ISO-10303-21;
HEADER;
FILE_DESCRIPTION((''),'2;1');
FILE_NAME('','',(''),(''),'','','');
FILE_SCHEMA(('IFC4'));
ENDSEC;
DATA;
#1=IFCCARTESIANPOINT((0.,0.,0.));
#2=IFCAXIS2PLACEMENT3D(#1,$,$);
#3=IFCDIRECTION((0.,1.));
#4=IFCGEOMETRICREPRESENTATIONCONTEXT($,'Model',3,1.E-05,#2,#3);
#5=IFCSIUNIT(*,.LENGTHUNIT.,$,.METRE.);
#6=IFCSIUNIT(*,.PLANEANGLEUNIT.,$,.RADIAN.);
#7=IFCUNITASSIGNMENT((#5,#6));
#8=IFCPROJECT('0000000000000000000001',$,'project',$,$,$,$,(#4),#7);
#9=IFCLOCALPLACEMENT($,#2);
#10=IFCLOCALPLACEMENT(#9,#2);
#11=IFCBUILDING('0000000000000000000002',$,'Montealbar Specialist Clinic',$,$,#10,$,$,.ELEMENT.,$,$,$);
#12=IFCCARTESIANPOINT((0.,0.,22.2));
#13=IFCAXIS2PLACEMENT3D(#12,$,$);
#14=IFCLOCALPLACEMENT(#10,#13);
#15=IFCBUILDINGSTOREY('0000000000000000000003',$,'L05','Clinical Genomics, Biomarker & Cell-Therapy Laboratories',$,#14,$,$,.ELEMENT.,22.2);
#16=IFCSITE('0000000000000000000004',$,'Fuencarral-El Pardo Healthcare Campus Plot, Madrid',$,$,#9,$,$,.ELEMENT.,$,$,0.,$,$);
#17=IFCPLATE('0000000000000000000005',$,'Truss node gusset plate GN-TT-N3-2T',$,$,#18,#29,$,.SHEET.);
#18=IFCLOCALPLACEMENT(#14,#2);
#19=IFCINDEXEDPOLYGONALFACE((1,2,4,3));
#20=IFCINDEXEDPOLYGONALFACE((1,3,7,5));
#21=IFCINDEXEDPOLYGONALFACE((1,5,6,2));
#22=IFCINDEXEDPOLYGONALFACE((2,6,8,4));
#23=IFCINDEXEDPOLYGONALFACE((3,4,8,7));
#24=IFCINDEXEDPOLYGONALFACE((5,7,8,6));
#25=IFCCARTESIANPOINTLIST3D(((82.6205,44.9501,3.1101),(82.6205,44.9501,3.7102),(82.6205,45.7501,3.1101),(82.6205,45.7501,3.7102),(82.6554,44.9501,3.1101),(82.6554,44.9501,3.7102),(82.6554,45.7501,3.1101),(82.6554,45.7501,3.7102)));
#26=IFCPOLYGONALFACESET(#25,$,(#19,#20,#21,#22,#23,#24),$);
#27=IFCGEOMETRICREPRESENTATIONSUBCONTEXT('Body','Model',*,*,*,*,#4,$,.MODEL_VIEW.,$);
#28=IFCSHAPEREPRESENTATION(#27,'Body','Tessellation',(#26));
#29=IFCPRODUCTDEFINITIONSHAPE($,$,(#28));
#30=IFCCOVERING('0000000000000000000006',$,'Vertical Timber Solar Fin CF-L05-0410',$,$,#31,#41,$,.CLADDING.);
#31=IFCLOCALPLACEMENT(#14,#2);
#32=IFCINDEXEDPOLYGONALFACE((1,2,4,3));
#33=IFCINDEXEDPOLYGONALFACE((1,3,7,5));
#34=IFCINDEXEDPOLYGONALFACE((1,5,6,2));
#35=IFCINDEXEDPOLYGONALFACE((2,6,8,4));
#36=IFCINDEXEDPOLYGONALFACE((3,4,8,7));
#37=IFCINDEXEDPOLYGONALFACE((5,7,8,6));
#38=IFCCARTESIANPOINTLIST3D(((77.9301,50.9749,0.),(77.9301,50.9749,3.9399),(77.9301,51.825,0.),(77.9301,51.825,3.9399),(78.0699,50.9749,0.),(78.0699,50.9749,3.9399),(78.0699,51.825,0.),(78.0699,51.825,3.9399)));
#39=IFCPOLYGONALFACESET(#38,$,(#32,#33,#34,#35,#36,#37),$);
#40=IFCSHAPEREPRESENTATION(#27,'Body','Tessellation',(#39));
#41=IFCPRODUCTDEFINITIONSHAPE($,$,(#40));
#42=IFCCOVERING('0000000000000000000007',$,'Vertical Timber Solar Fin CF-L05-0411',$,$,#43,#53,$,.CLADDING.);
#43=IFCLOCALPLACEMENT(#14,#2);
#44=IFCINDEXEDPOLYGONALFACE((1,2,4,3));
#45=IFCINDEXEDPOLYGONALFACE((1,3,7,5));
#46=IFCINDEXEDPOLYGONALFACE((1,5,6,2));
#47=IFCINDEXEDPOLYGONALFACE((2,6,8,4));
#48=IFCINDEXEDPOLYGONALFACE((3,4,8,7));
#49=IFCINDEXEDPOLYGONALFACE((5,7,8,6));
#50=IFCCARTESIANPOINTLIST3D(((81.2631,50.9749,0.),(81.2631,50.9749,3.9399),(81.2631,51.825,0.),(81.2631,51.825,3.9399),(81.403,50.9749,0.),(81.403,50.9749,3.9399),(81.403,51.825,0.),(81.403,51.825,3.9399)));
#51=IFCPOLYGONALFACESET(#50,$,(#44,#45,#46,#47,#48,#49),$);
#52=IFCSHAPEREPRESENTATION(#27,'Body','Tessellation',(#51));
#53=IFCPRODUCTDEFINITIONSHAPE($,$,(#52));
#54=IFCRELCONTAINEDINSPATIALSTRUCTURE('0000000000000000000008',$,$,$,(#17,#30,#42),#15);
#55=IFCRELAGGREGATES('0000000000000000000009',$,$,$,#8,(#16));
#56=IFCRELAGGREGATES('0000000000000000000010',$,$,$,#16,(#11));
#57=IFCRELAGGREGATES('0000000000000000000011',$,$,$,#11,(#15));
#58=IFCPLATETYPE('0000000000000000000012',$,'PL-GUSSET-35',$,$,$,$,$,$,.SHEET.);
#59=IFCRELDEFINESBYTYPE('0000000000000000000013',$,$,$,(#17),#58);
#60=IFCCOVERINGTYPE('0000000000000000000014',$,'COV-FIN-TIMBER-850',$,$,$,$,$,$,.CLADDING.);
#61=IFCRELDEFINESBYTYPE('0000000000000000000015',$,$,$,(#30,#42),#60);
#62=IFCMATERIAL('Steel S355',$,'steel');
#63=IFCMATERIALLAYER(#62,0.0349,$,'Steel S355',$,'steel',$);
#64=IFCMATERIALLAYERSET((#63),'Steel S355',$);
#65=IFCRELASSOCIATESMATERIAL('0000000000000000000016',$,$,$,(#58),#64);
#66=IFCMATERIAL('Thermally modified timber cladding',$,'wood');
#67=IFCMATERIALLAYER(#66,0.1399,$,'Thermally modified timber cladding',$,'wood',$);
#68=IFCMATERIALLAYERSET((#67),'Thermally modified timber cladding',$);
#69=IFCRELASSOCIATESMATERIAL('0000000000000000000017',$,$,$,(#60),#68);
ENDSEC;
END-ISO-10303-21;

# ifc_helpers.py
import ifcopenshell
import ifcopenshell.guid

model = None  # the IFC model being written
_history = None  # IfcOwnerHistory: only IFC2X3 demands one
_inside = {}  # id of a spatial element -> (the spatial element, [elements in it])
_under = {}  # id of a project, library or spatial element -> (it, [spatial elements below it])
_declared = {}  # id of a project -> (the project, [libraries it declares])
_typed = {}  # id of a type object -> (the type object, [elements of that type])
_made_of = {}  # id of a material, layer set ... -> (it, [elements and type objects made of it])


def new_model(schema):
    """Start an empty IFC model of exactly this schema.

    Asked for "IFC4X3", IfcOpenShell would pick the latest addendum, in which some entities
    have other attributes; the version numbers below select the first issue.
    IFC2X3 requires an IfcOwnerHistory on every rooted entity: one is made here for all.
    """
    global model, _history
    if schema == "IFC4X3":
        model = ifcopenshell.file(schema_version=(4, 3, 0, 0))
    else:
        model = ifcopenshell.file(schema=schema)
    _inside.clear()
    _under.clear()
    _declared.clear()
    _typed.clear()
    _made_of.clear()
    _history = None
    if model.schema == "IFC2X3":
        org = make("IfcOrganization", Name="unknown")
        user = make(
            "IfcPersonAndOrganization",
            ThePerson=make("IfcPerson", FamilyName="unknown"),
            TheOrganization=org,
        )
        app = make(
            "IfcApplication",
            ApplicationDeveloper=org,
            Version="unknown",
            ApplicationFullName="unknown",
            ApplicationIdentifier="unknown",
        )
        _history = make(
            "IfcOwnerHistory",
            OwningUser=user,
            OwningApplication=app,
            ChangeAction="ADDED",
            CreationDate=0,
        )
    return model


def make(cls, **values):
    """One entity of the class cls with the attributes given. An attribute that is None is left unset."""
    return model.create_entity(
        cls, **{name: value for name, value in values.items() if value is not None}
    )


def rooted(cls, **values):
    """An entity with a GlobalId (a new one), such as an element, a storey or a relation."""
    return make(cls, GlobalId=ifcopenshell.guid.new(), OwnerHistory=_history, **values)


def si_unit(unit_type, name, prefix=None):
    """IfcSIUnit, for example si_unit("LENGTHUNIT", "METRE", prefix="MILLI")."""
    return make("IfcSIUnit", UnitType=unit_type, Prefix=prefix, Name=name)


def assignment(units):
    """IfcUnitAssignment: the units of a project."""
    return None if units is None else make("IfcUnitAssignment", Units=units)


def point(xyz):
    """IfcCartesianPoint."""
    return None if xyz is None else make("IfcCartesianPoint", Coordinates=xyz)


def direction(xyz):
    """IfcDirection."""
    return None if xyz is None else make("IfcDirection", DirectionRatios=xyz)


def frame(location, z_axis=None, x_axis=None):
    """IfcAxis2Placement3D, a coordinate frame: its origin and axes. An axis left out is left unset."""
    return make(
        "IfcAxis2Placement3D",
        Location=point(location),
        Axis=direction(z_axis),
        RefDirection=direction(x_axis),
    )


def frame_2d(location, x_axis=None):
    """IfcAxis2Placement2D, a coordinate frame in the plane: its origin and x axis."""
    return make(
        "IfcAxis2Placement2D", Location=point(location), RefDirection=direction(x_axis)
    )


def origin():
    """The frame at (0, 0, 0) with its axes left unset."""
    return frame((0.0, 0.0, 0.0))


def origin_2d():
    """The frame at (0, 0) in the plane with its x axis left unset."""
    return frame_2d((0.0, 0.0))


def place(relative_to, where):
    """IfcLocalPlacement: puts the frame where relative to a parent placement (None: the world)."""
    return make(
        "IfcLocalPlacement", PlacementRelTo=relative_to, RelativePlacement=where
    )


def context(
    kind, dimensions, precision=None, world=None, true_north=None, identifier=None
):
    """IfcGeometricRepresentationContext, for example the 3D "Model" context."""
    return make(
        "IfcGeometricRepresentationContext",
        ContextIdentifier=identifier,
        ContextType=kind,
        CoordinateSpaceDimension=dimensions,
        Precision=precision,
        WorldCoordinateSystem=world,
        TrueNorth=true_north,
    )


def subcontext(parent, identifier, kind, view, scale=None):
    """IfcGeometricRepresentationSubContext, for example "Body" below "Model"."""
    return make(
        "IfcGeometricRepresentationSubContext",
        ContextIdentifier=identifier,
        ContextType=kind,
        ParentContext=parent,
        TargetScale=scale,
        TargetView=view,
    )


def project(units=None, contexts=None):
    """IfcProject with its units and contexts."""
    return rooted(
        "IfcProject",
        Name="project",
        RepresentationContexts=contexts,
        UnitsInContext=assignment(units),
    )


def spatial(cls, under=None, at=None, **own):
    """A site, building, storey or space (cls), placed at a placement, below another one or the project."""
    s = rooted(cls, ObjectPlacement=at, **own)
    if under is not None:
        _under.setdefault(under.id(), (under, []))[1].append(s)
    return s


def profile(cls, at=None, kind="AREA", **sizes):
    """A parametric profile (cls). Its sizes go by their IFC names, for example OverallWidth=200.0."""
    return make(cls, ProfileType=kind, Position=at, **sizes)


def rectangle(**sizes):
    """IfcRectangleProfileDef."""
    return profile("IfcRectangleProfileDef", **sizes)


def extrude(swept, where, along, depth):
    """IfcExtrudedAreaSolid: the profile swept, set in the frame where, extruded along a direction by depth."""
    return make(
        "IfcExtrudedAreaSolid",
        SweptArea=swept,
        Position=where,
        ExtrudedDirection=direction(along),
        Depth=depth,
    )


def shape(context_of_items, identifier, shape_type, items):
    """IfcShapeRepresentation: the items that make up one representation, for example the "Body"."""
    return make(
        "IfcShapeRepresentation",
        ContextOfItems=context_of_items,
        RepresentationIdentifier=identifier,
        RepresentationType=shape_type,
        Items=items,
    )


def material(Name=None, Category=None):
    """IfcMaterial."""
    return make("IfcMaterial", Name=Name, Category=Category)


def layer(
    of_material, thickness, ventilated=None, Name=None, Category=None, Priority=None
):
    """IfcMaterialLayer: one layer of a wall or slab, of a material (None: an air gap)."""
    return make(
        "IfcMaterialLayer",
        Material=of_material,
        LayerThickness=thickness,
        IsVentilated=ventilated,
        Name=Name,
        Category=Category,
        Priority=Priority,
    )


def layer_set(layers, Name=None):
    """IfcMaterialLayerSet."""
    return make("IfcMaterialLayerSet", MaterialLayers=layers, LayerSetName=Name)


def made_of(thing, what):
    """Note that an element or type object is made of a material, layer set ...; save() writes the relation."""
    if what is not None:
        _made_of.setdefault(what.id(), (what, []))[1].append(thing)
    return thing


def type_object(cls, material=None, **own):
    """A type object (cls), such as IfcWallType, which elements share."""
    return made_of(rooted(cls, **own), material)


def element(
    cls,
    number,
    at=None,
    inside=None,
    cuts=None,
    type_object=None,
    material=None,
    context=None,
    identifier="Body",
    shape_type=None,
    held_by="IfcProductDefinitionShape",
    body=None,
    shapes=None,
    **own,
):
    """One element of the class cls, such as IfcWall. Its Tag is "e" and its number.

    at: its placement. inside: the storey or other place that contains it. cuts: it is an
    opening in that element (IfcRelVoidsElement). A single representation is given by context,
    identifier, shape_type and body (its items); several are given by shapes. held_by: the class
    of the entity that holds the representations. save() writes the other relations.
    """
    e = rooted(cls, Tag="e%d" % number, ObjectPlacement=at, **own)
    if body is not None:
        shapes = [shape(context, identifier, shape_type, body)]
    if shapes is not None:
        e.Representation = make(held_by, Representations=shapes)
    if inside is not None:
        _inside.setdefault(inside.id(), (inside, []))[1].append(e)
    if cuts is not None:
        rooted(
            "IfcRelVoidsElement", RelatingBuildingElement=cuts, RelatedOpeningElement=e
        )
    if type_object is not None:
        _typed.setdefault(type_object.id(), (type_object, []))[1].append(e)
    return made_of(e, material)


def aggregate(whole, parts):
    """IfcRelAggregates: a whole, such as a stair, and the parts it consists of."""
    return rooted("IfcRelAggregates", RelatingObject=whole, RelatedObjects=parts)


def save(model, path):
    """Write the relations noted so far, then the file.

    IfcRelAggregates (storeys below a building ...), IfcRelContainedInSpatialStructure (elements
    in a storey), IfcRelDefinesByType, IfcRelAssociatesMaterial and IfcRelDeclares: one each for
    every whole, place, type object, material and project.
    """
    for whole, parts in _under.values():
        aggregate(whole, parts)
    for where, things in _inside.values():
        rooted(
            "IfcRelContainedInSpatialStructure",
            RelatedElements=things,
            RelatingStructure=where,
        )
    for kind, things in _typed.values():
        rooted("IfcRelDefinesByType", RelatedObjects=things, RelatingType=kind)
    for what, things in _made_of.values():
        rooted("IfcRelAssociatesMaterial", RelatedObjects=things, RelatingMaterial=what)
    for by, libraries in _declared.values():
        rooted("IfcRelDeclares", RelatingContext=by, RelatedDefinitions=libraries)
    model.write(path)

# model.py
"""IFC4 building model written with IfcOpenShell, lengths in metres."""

from ifc_helpers import new_model, si_unit, direction, frame, origin, origin_2d, place, context, subcontext, project, spatial, rectangle, extrude, material, layer, layer_set, type_object, element, save


model = new_model("IFC4")

# Units and contexts
model_context = context("Model", 3, precision=1e-05, world=origin(), true_north=direction((0.0, 1.0)))
body_context = subcontext(model_context, "Body", "Model", "MODEL_VIEW")
ifc_project = project(units=[si_unit("LENGTHUNIT", "METRE"), si_unit("PLANEANGLEUNIT", "RADIAN")], contexts=[model_context])

# Site, building, storey
site_placement = place(None, origin())
site = spatial("IfcSite", under=ifc_project, at=site_placement, Name="Fuencarral-El Pardo Healthcare Campus Plot, Madrid", CompositionType="ELEMENT", RefElevation=0.0)
building_placement = place(site_placement, origin())
building = spatial("IfcBuilding", under=site, at=building_placement, Name="Montealbar Specialist Clinic", CompositionType="ELEMENT")
storey_placement = place(building_placement, frame((0.0, 0.0, 22.2)))
storey = spatial("IfcBuildingStorey", under=building, at=storey_placement, Name="L05", Description="Clinical Genomics, Biomarker & Cell-Therapy Laboratories", CompositionType="ELEMENT", Elevation=22.2)

# Shared definitions
ifc_material_1 = material(Name="Steel S355", Category="steel")

# Plate
ifc_layer_1 = layer(ifc_material_1, 0.0349, Name="Steel S355", Category="steel")
ifc_layer_set_1 = layer_set([ifc_layer_1], Name="Steel S355")
plate_type_1 = type_object("IfcPlateType", Name="PL-GUSSET-35", PredefinedType="SHEET", material=ifc_layer_set_1)
for number, where, z_axis, x_axis, name in (
    (1, (82.6379, 45.3501, 3.1101), (0.0, 0.0, 1.0), (0.0, 1.0, 0.0), "Truss node gusset plate GN-TT-N3-2T"),
):
    element("IfcPlate", number, at=place(storey_placement, frame(where, z_axis=z_axis, x_axis=x_axis)), inside=storey, type_object=plate_type_1, Name=name, PredefinedType="SHEET", context=body_context, shape_type="SweptSolid", body=[
        extrude(rectangle(XDim=0.8, YDim=0.0349, at=origin_2d()), origin(), (0.0, 0.0, 1.0), 0.6001),
    ])

# Coverings
ifc_material_2 = material(Name="Thermally modified timber cladding", Category="wood")
ifc_layer_2 = layer(ifc_material_2, 0.1399, Name="Thermally modified timber cladding", Category="wood")
ifc_layer_set_2 = layer_set([ifc_layer_2], Name="Thermally modified timber cladding")
covering_type = type_object("IfcCoveringType", Name="COV-FIN-TIMBER-850", PredefinedType="CLADDING", material=ifc_layer_set_2)
for number, where, z_axis, x_axis, name in (
    (2, (78.0, 51.3999, 0.0), (0.0, 0.0, 1.0), (0.0, 1.0, 0.0), "Vertical Timber Solar Fin CF-L05-0410"),
    (3, (81.333, 51.3999, 0.0), (0.0, 0.0, 1.0), (0.0, 1.0, 0.0), "Vertical Timber Solar Fin CF-L05-0411"),
):
    element("IfcCovering", number, at=place(storey_placement, frame(where, z_axis=z_axis, x_axis=x_axis)), inside=storey, type_object=covering_type, Name=name, PredefinedType="CLADDING", context=body_context, shape_type="SweptSolid", body=[
        extrude(rectangle(XDim=0.8501, YDim=0.1399, at=origin_2d()), origin(), (0.0, 0.0, 1.0), 3.9399),
    ])

save(model, "model.ifc")
